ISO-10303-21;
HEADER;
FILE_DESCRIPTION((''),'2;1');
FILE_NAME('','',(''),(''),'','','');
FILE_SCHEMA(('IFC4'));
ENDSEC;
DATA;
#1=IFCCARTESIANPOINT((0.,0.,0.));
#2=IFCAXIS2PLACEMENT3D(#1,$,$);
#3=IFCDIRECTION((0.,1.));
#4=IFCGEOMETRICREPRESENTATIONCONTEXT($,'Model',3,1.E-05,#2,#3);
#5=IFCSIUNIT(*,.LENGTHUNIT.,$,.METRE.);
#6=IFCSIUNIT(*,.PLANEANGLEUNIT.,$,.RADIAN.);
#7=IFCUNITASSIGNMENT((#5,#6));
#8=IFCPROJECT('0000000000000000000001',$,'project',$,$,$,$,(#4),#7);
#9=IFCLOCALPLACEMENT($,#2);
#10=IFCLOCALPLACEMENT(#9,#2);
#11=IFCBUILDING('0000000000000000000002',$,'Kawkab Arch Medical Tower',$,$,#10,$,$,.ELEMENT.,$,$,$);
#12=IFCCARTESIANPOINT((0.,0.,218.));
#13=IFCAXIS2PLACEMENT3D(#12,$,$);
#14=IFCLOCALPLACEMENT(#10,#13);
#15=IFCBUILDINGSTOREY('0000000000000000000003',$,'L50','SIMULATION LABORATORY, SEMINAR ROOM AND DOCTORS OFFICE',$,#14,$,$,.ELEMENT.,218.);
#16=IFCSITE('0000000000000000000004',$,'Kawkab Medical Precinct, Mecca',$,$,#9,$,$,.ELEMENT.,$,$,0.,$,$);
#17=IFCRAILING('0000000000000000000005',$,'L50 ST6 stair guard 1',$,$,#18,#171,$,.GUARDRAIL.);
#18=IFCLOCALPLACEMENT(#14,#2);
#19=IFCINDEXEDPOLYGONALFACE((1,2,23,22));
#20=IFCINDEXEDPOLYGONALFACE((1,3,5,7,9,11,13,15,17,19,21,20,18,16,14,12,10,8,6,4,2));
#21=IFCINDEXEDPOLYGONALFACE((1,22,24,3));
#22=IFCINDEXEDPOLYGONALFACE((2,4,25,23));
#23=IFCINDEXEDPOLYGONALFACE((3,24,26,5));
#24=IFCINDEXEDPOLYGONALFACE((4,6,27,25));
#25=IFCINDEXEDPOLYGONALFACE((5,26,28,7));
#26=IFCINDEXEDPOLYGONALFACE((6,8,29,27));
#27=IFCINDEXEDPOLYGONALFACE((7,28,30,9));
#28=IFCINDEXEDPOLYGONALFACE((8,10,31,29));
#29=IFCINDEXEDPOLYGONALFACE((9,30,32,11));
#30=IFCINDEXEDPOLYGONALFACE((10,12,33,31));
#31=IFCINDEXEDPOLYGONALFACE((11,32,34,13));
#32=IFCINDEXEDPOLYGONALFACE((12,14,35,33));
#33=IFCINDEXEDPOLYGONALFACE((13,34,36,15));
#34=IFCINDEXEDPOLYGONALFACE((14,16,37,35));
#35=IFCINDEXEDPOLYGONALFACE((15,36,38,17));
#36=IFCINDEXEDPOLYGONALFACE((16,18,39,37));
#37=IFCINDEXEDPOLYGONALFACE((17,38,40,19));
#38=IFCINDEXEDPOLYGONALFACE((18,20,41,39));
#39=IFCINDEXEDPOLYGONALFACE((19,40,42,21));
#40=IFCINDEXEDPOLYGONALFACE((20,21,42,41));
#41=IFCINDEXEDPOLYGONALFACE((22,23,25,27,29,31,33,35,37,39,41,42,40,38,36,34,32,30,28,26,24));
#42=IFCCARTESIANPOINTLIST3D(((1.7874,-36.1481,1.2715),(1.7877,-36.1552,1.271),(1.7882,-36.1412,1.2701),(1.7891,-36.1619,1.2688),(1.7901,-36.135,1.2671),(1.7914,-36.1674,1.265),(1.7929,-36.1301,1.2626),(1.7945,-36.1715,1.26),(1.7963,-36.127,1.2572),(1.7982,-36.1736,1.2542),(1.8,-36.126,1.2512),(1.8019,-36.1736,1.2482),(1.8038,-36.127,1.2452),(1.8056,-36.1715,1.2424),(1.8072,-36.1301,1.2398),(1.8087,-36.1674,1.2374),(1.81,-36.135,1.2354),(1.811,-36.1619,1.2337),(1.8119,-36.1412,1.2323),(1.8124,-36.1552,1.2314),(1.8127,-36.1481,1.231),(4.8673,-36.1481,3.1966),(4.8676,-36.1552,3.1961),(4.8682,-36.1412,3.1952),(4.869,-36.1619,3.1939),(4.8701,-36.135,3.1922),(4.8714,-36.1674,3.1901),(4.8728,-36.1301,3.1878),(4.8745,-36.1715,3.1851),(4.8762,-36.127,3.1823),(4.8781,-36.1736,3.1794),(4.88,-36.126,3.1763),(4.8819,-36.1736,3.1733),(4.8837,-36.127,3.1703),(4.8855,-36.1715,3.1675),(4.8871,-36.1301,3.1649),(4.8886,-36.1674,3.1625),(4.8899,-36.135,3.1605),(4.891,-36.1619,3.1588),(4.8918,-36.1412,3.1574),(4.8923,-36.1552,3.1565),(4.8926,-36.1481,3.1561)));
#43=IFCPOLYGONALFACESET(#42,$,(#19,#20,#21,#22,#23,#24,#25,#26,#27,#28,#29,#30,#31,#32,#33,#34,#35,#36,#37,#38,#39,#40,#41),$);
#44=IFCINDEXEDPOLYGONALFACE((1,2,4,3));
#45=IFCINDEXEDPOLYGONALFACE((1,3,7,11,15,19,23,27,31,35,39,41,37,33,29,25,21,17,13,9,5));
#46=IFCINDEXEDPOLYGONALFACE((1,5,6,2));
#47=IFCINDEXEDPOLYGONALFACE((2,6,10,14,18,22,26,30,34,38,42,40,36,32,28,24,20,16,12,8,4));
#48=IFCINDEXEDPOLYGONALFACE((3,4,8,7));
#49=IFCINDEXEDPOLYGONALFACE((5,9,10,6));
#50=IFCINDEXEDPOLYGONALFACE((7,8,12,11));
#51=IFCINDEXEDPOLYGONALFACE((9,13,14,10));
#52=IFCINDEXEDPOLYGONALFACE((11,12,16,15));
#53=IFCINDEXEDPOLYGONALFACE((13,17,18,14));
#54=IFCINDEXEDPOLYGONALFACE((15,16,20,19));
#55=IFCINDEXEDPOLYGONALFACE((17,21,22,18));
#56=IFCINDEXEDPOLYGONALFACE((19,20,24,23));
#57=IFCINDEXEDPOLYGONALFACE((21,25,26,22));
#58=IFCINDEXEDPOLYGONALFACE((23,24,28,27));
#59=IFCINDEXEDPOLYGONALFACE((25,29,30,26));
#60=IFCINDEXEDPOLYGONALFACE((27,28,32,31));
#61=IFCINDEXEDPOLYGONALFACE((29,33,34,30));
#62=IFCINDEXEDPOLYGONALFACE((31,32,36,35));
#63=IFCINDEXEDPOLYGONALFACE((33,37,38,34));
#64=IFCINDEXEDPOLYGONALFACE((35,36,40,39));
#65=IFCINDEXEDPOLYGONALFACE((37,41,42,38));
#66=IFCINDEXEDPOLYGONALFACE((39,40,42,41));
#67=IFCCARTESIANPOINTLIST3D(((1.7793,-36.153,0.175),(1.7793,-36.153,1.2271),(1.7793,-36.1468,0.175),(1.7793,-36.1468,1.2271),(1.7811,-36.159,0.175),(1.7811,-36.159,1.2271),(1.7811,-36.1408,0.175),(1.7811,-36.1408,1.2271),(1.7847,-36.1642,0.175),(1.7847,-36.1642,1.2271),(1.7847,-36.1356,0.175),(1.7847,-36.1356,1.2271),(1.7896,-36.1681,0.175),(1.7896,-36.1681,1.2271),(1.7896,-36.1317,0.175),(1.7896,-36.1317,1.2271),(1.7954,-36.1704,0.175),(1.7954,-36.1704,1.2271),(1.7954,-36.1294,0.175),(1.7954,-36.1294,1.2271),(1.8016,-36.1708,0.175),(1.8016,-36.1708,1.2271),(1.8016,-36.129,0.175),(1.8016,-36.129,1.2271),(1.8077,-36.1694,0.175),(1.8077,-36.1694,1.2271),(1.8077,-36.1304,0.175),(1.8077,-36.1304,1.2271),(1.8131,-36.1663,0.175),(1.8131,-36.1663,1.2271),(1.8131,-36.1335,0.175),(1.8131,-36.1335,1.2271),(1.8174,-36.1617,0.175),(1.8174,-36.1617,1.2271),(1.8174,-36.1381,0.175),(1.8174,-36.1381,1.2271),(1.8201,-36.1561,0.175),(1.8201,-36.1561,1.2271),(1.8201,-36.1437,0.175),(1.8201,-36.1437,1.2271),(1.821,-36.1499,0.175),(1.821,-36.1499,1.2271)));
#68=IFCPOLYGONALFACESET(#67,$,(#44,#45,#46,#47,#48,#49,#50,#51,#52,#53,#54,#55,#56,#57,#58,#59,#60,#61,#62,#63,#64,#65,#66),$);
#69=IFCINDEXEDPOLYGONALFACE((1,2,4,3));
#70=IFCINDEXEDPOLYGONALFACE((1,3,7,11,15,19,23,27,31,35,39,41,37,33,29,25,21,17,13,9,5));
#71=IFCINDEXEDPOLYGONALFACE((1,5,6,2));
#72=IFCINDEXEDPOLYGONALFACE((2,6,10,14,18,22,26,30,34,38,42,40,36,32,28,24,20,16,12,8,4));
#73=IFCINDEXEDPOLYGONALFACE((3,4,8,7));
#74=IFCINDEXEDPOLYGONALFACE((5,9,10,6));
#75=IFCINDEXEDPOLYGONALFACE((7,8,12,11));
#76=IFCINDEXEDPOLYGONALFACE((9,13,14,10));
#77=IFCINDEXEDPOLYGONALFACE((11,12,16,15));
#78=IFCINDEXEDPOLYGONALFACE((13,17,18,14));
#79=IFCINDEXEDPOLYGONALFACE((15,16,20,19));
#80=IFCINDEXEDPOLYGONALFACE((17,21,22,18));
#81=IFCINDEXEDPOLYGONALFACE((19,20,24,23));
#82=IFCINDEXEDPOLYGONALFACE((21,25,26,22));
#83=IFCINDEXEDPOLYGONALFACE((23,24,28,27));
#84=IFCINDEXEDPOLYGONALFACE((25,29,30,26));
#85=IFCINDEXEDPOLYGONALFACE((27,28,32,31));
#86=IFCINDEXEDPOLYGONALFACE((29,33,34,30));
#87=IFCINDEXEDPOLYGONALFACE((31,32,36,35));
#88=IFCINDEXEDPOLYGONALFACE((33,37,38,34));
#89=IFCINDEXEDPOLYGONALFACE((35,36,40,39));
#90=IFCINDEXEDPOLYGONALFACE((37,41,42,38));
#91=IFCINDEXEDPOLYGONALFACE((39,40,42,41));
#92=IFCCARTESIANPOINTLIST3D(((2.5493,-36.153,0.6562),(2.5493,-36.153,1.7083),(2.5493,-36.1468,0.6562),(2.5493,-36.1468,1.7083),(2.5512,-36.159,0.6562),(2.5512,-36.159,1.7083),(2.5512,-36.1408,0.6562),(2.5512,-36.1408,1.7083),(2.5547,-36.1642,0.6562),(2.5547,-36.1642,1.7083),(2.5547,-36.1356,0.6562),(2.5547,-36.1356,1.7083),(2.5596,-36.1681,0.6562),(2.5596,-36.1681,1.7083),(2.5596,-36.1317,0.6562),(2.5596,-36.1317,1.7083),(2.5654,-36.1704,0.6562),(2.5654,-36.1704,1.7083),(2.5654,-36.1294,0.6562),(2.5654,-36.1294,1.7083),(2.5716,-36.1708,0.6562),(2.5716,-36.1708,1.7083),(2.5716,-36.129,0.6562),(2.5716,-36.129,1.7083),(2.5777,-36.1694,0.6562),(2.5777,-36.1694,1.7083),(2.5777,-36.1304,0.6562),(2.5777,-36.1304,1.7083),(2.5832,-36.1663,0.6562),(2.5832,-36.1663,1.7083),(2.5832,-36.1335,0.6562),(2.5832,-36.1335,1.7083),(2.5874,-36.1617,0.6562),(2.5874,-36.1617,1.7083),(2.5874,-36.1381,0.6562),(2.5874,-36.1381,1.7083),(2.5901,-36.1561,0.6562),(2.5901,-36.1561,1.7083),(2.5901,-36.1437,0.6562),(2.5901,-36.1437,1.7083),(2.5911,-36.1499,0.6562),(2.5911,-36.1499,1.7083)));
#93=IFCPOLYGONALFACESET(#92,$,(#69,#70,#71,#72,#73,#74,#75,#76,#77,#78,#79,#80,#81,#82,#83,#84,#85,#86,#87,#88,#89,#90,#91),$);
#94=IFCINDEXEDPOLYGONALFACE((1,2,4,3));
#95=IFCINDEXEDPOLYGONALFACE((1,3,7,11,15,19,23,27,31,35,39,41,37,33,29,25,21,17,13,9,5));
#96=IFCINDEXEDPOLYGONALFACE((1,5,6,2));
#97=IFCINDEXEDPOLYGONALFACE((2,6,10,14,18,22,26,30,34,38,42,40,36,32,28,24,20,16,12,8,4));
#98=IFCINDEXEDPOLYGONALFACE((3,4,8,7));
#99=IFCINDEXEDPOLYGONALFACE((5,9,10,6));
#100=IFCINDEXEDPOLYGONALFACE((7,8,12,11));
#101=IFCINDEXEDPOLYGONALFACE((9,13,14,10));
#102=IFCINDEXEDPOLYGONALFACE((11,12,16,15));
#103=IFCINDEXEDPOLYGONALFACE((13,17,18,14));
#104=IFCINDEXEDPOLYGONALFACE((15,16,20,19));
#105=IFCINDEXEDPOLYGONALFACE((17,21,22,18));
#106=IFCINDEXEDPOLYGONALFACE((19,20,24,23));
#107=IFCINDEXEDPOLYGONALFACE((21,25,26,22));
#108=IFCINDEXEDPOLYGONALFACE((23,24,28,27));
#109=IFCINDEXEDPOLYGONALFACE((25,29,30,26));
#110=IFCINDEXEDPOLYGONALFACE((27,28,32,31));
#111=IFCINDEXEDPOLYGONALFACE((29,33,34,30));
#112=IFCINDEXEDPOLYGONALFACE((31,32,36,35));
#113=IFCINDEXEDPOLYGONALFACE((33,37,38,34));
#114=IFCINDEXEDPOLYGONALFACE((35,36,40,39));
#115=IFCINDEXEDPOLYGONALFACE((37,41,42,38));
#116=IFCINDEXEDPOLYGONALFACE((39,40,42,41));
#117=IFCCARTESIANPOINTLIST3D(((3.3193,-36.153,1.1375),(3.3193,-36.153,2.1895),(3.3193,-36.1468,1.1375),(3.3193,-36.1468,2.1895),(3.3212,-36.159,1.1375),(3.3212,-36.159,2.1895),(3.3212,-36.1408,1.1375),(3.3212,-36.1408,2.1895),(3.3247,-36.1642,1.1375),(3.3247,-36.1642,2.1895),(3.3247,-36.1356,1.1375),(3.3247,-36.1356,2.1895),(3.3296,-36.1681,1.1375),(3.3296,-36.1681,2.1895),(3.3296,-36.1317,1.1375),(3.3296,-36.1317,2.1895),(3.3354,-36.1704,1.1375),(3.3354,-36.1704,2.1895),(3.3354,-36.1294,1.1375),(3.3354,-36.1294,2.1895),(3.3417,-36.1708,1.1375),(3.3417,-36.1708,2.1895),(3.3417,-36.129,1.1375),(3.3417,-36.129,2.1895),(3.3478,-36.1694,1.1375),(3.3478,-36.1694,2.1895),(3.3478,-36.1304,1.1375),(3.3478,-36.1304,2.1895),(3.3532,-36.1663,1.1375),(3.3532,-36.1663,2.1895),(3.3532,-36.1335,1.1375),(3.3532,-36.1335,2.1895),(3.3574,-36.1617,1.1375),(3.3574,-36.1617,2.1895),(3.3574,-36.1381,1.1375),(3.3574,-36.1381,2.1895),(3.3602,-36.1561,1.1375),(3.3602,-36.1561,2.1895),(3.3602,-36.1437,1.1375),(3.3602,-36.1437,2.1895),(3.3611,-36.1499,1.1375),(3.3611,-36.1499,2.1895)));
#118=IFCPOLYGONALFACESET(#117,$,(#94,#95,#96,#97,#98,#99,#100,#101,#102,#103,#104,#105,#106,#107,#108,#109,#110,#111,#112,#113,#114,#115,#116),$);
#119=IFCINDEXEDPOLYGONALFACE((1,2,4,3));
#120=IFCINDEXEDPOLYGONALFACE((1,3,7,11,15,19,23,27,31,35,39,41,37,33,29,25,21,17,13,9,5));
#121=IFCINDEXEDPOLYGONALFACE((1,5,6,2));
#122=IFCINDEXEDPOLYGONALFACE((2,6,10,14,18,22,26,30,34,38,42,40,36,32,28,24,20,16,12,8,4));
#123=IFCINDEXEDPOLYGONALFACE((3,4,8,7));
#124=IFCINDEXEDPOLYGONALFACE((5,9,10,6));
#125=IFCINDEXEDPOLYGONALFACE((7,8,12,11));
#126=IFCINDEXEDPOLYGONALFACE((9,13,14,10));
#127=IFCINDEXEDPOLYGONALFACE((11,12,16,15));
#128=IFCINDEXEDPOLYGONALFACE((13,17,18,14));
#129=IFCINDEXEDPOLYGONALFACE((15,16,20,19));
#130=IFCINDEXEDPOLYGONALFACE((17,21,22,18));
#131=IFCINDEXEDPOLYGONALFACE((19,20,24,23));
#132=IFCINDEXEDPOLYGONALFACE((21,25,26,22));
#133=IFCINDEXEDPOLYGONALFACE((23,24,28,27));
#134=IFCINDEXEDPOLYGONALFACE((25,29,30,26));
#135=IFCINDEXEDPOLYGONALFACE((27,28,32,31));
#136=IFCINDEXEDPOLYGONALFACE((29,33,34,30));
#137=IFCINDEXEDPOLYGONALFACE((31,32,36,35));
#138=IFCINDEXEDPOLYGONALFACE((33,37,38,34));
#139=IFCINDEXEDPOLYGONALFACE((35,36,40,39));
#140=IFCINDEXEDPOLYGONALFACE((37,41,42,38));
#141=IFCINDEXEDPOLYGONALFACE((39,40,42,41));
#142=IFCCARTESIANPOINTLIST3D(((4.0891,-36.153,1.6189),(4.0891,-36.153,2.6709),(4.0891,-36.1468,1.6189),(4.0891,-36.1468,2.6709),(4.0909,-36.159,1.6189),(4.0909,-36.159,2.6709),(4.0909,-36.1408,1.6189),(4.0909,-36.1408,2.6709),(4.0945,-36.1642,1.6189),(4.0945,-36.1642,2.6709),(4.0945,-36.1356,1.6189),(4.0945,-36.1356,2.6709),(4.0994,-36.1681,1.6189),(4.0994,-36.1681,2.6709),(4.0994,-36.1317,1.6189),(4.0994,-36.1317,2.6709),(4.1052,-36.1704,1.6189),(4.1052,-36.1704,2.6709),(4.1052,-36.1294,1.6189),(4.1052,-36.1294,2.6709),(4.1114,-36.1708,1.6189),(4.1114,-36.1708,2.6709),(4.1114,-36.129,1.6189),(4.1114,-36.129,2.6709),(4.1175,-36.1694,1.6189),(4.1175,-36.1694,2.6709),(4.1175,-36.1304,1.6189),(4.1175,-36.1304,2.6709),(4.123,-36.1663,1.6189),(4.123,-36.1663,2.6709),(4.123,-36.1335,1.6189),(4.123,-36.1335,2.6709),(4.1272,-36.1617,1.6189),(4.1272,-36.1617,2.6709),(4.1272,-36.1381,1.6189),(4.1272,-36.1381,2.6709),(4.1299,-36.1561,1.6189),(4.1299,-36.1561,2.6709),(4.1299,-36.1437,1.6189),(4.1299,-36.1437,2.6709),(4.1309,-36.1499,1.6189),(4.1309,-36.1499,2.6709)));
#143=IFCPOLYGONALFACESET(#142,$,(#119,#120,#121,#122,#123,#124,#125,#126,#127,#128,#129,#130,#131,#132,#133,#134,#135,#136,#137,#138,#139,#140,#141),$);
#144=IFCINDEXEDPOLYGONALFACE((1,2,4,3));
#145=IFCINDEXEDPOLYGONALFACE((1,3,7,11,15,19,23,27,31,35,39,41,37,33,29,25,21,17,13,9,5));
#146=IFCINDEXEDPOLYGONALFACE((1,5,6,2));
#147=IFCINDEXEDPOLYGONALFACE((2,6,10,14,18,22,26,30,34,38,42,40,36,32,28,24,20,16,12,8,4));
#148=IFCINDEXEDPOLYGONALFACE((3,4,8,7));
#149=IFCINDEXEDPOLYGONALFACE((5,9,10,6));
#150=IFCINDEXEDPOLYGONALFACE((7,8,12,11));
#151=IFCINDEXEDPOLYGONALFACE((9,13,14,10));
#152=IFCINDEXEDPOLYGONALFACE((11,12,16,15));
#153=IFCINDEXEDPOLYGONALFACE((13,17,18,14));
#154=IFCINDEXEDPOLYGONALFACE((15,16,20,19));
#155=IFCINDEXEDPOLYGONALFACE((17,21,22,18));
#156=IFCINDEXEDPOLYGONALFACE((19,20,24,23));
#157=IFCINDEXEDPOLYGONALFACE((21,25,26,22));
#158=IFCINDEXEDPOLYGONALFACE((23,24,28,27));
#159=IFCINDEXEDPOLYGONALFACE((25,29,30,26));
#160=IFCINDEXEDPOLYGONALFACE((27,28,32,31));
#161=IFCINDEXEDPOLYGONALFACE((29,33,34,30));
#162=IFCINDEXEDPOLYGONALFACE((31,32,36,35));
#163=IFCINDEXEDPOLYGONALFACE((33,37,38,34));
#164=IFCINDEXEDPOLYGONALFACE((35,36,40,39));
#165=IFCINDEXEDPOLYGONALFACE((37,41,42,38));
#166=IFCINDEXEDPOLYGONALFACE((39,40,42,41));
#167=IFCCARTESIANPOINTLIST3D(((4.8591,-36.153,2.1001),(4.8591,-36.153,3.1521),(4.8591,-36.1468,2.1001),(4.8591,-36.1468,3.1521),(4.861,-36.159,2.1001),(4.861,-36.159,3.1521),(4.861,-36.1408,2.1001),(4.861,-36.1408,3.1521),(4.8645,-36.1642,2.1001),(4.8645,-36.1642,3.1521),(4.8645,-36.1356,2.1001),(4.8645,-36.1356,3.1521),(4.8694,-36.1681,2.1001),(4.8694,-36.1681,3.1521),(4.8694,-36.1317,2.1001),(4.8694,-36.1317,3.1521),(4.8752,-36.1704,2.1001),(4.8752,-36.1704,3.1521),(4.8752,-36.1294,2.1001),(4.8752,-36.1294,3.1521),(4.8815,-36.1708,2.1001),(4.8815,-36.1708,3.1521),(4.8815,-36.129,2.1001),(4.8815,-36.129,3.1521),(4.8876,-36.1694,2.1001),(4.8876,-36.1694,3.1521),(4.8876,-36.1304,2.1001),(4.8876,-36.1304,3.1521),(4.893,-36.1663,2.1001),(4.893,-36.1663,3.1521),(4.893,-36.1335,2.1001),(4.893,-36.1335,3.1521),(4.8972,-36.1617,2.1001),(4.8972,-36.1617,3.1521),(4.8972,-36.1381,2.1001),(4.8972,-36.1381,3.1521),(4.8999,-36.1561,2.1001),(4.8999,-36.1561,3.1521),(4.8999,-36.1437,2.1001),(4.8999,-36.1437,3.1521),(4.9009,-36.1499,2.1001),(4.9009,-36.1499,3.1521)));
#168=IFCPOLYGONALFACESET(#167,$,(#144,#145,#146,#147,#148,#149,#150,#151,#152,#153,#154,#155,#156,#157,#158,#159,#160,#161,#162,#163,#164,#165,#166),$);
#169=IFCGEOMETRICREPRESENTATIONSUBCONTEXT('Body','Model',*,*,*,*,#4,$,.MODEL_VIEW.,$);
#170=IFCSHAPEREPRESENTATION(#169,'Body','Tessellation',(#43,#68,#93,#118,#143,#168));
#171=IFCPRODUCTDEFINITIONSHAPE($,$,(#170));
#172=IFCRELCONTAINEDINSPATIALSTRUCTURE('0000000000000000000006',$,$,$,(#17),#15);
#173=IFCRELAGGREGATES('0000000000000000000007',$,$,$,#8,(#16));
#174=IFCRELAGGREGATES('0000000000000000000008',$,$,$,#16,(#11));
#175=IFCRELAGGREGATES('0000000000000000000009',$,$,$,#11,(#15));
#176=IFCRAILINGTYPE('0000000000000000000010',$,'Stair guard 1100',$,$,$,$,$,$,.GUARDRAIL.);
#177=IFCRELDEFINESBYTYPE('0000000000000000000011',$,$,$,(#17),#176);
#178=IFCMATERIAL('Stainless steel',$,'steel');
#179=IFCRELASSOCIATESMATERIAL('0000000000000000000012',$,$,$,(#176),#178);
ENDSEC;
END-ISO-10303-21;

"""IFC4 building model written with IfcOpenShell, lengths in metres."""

from ifc_helpers import new_model, si_unit, direction, frame, origin, origin_2d, place, context, subcontext, project, spatial, circle, extrude, material, type_object, element, save


model = new_model("IFC4")

# Units and contexts
model_context = context("Model", 3, precision=1e-05, world=origin(), true_north=direction((0.0, 1.0)))
body_context = subcontext(model_context, "Body", "Model", "MODEL_VIEW")
ifc_project = project(units=[si_unit("LENGTHUNIT", "METRE"), si_unit("PLANEANGLEUNIT", "RADIAN")], contexts=[model_context])

# Site, building, storey
site_placement = place(None, origin())
site = spatial("IfcSite", under=ifc_project, at=site_placement, Name="Kawkab Medical Precinct, Mecca", CompositionType="ELEMENT", RefElevation=0.0)
building_placement = place(site_placement, origin())
building = spatial("IfcBuilding", under=site, at=building_placement, Name="Kawkab Arch Medical Tower", CompositionType="ELEMENT")
storey_placement = place(building_placement, frame((0.0, 0.0, 218.0)))
storey = spatial("IfcBuildingStorey", under=building, at=storey_placement, Name="L50", Description="SIMULATION LABORATORY, SEMINAR ROOM AND DOCTORS OFFICE", CompositionType="ELEMENT", Elevation=218.0)

# Railing
ifc_material_1 = material(Name="Stainless steel", Category="steel")
railing_type = type_object("IfcRailingType", Name="Stair guard 1100", PredefinedType="GUARDRAIL", material=ifc_material_1)
railing_1_placement = place(storey_placement, frame((1.8, -36.1499, 0.175)))
element("IfcRailing", 1, at=railing_1_placement, inside=storey, type_object=railing_type, Name="L50 ST6 stair guard 1", PredefinedType="GUARDRAIL", context=body_context, shape_type="SweptSolid", body=[
    extrude(circle(Radius=0.0239, at=origin_2d()), frame((0.0, 0.0, 1.0762), z_axis=(0.847979, 0.0, 0.530029), x_axis=(0.0, 1.0, 0.0)), (0.0, 0.0, 1.0), 3.6321),
    extrude(circle(Radius=0.021, at=origin_2d()), origin(), (0.0, 0.0, 1.0), 1.052),
    extrude(circle(Radius=0.021, at=origin_2d()), frame((0.77, 0.0, 0.4812)), (0.0, 0.0, 1.0), 1.052),
    extrude(circle(Radius=0.021, at=origin_2d()), frame((1.54, 0.0, 0.9624)), (0.0, 0.0, 1.0), 1.052),
    extrude(circle(Radius=0.021, at=origin_2d()), frame((2.3098, 0.0, 1.4438)), (0.0, 0.0, 1.0), 1.052),
    extrude(circle(Radius=0.021, at=origin_2d()), frame((3.0798, 0.0, 1.925)), (0.0, 0.0, 1.0), 1.052),
])

save(model, "model.ifc")
